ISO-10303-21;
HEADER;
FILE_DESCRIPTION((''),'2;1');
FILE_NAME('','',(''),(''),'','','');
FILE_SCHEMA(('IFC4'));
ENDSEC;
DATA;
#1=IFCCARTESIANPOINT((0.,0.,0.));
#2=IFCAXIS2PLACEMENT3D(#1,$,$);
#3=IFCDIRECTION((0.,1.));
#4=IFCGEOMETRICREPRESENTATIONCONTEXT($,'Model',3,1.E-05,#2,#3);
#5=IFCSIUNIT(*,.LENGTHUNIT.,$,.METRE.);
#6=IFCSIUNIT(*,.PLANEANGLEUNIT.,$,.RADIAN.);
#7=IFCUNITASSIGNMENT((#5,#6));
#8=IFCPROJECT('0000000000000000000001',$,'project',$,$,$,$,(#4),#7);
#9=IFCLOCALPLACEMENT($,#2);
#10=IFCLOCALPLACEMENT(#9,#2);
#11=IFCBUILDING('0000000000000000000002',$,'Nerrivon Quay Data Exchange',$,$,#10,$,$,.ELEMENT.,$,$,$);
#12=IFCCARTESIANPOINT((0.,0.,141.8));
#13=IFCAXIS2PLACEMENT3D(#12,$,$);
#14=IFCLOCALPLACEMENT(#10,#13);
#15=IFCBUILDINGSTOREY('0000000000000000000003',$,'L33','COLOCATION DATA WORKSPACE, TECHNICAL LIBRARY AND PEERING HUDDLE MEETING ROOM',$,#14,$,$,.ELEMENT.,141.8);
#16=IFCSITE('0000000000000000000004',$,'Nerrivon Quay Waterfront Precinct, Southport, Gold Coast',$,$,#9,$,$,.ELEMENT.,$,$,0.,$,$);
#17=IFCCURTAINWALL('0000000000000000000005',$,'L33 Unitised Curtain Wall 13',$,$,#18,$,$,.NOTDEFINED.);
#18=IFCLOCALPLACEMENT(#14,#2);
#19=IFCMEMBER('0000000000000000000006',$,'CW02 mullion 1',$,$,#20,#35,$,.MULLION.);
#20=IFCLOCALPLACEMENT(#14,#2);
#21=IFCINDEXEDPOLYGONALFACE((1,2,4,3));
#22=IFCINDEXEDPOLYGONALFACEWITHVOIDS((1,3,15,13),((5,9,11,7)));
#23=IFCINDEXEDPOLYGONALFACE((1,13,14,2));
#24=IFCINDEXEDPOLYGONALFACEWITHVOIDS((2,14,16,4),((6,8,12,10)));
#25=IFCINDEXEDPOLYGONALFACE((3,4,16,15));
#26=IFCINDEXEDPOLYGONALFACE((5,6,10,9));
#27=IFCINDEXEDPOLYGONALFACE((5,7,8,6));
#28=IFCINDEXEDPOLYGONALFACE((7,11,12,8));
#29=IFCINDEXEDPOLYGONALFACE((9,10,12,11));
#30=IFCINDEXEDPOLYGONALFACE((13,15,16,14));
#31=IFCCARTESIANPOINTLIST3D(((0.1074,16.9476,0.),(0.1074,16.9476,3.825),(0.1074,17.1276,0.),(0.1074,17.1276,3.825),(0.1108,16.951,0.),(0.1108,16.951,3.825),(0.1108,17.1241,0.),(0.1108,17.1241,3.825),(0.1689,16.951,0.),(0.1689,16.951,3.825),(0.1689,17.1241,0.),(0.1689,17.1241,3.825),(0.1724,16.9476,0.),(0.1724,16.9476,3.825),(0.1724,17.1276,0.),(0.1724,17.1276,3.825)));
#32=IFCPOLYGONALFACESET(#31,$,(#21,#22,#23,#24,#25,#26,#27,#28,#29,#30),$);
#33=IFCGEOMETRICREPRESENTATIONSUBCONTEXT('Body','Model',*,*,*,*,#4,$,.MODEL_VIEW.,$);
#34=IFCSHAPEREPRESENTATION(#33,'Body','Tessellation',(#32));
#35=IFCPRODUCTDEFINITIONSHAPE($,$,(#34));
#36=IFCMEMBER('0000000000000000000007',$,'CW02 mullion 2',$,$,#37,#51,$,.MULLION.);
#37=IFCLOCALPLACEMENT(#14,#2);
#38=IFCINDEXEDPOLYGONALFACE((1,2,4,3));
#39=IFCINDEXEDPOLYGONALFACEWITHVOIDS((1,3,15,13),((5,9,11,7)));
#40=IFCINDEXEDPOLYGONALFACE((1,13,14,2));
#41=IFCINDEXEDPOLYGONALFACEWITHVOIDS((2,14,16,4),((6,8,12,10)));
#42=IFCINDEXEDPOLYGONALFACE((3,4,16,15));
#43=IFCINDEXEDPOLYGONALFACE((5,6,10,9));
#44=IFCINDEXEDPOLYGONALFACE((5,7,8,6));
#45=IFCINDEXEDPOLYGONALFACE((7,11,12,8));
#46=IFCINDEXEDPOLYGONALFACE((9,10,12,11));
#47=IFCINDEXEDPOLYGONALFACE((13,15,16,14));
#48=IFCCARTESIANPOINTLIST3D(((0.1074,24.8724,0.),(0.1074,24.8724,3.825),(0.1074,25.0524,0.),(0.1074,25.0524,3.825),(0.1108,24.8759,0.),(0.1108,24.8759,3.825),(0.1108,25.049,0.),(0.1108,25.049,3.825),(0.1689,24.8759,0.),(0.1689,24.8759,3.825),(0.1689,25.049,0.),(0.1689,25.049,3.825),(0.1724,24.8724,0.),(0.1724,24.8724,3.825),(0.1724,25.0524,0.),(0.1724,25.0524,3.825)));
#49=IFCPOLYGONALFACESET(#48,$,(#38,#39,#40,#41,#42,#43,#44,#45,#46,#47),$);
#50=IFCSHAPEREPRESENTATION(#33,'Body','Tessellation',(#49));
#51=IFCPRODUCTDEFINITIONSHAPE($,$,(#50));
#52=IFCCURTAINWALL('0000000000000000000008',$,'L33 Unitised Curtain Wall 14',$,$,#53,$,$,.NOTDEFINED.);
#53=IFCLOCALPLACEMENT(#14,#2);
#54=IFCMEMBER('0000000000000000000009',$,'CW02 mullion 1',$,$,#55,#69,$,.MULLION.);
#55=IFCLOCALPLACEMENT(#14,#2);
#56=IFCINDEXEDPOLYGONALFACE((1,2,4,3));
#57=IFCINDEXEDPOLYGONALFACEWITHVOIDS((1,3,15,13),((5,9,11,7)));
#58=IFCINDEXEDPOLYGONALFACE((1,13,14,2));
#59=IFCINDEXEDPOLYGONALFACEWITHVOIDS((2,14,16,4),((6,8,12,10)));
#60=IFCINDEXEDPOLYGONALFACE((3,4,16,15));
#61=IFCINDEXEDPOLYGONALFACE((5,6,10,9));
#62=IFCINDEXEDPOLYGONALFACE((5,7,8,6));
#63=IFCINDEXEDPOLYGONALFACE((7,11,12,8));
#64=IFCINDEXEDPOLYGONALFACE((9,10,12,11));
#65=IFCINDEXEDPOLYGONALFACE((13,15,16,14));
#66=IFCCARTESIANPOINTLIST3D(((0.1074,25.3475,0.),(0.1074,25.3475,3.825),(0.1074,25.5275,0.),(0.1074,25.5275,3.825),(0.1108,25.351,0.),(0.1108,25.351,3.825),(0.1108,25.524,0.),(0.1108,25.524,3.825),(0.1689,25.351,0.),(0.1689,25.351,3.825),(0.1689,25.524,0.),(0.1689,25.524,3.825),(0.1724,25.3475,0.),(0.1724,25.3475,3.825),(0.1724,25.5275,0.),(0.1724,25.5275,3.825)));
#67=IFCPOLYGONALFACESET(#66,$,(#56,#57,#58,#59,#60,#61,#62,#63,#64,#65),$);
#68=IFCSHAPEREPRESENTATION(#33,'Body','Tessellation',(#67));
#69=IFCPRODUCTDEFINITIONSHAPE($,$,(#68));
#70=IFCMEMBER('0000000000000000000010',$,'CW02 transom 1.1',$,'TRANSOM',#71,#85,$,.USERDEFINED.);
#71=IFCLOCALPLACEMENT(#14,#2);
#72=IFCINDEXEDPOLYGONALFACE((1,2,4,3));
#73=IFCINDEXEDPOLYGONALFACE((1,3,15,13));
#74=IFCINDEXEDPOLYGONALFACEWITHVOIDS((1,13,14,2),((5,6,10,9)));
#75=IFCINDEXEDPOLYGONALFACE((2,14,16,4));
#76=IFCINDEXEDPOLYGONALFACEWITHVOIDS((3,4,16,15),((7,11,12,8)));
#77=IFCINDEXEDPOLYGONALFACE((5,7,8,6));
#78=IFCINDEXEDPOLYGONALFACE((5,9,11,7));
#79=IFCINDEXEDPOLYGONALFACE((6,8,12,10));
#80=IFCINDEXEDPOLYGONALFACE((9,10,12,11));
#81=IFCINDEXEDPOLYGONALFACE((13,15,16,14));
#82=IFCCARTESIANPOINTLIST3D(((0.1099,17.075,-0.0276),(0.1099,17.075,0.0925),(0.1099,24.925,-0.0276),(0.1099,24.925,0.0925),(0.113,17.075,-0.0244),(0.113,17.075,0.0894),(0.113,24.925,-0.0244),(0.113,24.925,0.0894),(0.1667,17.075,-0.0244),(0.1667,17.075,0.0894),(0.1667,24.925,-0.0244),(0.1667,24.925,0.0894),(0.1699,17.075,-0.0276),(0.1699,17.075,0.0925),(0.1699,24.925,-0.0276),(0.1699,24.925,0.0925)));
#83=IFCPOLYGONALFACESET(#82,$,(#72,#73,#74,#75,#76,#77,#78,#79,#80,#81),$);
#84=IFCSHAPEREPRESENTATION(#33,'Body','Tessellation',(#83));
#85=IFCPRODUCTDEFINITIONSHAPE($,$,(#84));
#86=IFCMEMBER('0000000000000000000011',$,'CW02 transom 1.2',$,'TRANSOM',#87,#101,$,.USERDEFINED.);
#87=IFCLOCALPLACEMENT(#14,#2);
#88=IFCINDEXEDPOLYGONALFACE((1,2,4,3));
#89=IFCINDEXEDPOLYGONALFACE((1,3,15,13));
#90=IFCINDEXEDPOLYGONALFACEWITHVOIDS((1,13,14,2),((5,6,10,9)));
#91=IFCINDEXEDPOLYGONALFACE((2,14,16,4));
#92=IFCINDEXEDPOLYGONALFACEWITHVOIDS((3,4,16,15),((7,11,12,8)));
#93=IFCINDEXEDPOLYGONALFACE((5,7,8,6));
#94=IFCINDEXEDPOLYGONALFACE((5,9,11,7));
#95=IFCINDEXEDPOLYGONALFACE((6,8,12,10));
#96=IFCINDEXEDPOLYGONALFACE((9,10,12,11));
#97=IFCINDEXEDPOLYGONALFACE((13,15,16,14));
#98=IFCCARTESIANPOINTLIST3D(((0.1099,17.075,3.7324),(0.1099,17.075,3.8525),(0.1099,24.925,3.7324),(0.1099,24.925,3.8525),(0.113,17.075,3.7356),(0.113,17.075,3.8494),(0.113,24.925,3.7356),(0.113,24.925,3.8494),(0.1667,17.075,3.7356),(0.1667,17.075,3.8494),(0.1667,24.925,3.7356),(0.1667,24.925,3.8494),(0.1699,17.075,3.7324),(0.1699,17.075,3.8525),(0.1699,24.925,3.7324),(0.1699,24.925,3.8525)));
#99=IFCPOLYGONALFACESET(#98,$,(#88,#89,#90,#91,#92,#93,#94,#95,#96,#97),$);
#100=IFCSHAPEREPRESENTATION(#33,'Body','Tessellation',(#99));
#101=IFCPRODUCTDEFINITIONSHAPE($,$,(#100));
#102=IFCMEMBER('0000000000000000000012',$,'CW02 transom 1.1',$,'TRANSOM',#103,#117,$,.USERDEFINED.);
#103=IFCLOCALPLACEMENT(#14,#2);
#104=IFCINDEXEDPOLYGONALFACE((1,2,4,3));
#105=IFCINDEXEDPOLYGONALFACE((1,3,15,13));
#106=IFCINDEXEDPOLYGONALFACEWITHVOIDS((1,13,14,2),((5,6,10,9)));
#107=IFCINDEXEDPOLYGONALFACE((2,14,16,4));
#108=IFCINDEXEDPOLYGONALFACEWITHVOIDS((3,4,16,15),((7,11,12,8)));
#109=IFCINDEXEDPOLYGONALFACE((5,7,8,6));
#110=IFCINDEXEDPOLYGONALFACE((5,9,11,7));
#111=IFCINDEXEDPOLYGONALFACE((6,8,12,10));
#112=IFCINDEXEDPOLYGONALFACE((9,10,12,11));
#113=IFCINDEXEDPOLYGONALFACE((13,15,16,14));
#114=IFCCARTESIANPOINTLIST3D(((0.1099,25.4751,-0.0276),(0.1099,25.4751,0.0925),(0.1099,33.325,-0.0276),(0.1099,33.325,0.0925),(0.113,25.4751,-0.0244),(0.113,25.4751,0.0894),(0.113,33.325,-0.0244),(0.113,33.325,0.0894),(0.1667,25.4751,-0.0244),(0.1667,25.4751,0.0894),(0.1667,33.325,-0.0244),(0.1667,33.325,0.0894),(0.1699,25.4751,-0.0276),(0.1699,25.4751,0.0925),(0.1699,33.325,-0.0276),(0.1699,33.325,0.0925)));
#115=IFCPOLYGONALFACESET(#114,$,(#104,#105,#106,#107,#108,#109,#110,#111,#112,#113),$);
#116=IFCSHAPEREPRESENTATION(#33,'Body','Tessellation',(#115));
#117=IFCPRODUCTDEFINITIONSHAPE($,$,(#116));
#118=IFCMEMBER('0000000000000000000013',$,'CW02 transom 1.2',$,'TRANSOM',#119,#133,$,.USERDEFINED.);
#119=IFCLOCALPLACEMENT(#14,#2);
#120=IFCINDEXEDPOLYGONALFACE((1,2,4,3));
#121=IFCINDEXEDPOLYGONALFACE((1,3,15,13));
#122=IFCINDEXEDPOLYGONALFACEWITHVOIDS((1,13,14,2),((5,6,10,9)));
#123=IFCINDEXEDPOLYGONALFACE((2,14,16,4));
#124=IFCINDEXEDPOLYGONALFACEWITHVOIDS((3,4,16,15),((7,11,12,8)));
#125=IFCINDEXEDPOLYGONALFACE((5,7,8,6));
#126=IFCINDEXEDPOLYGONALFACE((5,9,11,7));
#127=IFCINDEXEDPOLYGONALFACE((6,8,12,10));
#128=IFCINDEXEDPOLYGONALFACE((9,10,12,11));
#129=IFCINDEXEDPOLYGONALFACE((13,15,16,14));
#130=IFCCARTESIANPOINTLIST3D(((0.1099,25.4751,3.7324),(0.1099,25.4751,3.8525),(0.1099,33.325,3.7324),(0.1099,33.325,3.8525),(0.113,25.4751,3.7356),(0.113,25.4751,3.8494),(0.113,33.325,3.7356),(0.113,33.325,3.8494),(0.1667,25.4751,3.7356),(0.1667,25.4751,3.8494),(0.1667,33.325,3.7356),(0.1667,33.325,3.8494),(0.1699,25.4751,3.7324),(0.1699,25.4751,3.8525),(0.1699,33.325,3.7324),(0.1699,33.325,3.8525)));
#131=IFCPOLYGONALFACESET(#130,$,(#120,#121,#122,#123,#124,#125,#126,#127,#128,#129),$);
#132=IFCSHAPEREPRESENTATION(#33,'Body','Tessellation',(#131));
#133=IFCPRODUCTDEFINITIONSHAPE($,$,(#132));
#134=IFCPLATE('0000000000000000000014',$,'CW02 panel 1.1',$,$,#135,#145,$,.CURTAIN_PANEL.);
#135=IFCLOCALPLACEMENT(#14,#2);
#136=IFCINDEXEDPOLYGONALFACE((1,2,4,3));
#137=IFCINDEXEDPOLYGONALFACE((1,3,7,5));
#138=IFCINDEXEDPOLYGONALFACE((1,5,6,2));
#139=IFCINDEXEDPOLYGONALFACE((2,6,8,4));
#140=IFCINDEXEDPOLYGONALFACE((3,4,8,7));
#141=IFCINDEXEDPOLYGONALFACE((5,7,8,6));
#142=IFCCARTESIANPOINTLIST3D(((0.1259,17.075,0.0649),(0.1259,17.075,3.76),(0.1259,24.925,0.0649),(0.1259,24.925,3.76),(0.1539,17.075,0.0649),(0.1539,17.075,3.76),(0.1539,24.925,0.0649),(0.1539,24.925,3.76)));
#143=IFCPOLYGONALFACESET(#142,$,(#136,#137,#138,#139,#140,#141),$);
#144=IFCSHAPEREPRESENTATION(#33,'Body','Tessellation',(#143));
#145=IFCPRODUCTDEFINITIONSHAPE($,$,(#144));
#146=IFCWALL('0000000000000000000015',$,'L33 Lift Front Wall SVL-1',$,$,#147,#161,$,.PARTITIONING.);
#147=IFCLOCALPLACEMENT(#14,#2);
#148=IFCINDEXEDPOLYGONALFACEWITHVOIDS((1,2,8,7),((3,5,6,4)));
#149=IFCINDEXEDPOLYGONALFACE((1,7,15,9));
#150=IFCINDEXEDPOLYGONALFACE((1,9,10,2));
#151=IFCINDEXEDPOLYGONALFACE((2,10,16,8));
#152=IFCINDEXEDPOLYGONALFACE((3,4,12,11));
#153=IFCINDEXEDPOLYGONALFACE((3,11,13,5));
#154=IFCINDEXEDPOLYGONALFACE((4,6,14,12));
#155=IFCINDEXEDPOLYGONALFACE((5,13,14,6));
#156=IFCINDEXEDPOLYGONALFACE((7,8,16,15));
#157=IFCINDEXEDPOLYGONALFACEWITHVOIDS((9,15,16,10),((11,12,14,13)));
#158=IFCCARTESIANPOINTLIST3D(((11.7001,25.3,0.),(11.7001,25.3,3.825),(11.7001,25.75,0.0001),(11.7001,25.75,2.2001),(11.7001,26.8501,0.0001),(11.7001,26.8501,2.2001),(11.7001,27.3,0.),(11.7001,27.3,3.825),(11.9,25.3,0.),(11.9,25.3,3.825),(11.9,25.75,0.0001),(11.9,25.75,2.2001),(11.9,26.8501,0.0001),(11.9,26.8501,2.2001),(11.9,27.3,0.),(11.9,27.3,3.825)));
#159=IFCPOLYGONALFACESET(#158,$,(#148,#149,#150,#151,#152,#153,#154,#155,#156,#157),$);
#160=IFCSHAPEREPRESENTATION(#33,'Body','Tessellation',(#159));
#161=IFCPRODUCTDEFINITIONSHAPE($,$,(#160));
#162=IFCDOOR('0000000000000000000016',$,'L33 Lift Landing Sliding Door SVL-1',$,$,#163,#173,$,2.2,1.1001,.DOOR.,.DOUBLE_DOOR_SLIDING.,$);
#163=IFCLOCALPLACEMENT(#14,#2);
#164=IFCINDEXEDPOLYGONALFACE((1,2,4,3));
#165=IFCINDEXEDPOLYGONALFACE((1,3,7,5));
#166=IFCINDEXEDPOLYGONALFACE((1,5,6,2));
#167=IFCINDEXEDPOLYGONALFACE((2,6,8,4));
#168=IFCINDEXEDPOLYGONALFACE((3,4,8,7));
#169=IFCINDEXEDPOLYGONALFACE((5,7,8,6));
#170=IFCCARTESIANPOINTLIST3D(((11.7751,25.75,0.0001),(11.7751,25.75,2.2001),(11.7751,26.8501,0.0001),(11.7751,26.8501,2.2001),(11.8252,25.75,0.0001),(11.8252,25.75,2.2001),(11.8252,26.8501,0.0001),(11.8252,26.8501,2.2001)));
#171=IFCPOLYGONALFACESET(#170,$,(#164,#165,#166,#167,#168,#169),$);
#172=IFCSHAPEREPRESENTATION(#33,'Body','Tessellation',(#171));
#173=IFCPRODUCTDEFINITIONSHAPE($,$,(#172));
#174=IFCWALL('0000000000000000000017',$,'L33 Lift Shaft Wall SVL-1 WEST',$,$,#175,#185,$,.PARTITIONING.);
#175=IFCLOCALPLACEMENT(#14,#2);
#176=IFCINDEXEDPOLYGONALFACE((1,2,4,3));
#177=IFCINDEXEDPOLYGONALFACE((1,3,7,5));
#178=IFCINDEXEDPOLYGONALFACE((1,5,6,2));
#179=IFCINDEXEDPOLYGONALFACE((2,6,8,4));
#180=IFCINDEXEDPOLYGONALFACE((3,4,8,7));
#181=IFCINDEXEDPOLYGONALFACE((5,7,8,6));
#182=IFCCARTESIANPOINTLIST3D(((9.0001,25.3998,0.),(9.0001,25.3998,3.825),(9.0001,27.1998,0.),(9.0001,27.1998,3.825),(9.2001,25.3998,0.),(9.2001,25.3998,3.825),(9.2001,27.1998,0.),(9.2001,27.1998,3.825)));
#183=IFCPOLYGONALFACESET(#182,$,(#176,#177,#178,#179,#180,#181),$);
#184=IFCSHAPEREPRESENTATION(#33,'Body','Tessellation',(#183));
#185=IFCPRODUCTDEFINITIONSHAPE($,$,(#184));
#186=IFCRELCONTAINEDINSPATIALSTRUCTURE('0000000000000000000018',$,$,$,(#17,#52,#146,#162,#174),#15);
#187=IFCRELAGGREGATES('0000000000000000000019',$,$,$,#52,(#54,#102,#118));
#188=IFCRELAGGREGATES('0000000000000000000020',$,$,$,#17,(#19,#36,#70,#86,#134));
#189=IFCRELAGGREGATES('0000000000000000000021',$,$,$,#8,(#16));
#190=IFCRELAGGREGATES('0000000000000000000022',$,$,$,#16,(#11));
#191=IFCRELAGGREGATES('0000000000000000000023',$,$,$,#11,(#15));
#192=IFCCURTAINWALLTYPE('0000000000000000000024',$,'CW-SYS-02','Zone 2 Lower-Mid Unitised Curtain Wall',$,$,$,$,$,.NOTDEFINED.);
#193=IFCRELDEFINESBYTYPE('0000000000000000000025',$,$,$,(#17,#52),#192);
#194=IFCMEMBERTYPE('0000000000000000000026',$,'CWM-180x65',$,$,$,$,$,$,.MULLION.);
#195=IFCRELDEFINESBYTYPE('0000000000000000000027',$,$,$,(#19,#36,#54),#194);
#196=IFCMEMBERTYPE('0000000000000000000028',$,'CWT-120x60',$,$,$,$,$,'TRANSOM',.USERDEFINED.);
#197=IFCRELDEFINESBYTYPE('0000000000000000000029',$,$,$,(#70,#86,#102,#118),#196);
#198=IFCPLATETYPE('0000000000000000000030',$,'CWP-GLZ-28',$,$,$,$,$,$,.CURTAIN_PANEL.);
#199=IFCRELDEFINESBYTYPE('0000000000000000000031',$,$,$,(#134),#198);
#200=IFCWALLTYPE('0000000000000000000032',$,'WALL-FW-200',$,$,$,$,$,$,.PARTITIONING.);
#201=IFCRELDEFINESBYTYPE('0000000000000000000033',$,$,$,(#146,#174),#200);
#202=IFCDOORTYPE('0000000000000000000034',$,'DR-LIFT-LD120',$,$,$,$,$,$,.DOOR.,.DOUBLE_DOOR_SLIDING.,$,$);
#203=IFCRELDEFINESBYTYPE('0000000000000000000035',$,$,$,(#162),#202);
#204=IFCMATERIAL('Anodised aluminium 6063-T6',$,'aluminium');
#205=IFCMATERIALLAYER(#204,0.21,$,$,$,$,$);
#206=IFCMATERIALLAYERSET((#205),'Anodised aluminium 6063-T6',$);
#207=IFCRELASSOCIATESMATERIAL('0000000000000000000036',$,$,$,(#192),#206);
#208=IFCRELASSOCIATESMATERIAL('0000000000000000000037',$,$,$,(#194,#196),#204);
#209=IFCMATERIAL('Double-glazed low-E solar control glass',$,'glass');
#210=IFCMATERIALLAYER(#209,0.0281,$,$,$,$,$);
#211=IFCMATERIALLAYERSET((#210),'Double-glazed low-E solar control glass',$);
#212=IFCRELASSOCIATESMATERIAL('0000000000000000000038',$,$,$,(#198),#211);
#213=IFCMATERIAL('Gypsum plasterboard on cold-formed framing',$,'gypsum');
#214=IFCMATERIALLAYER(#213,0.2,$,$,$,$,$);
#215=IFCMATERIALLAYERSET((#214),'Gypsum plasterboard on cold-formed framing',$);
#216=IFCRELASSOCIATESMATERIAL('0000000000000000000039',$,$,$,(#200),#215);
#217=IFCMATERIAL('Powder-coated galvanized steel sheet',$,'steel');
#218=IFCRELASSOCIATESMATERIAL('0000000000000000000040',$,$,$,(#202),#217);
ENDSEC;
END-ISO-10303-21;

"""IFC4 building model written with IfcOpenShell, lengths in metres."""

from ifc_helpers import new_model, si_unit, direction, frame, frame_2d, origin, origin_2d, place, context, subcontext, project, spatial, rectangle, hollow_rectangle, extrude, material, layer, layer_set, material_profile, profile_set, type_object, element, fill, aggregate, save


model = new_model("IFC4")

# Units and contexts
model_context = context("Model", 3, precision=1e-05, world=origin(), true_north=direction((0.0, 1.0)))
body_context = subcontext(model_context, "Body", "Model", "MODEL_VIEW")
ifc_project = project(units=[si_unit("LENGTHUNIT", "METRE"), si_unit("PLANEANGLEUNIT", "RADIAN")], contexts=[model_context])

# Site, building, storey
site_placement = place(None, origin())
site = spatial("IfcSite", under=ifc_project, at=site_placement, Name="Nerrivon Quay Waterfront Precinct, Southport, Gold Coast", CompositionType="ELEMENT", RefElevation=0.0)
building_placement = place(site_placement, origin())
building = spatial("IfcBuilding", under=site, at=building_placement, Name="Nerrivon Quay Data Exchange", CompositionType="ELEMENT")
storey_placement = place(building_placement, frame((0.0, 0.0, 141.8)))
storey = spatial("IfcBuildingStorey", under=building, at=storey_placement, Name="L33", Description="COLOCATION DATA WORKSPACE, TECHNICAL LIBRARY AND PEERING HUDDLE MEETING ROOM", CompositionType="ELEMENT", Elevation=141.8)

# Curtain wall, members
ifc_material_1 = material(Name="Anodised aluminium 6063-T6", Category="aluminium")
ifc_layer_1 = layer(ifc_material_1, 0.21)
ifc_layer_set_1 = layer_set([ifc_layer_1], Name="Anodised aluminium 6063-T6")
curtain_wall_type = type_object("IfcCurtainWallType", Name="CW-SYS-02", Description="Zone 2 Lower-Mid Unitised Curtain Wall", PredefinedType="NOTDEFINED", material=ifc_layer_set_1)
curtain_wall_1_placement = place(storey_placement, origin())
curtain_wall_1 = element("IfcCurtainWall", 1, at=curtain_wall_1_placement, inside=storey, type_object=curtain_wall_type, Name="L33 Unitised Curtain Wall 13", PredefinedType="NOTDEFINED")
ifc_material_profile_1 = material_profile(ifc_material_1, hollow_rectangle(XDim=0.0649, YDim=0.1799, WallThickness=0.0034, at=origin_2d()), Name="ALU-MULL-180x65")
ifc_profile_set_1 = profile_set([ifc_material_profile_1], Name="Anodised aluminium 6063-T6")
member_type_1 = type_object("IfcMemberType", Name="CWM-180x65", PredefinedType="MULLION", material=ifc_profile_set_1)
member_1_placement = place(storey_placement, frame((0.1399, 17.0376, 0.0), z_axis=(0.0, 0.0, 1.0), x_axis=(-1.0, 0.0, 0.0)))
member_1 = element("IfcMember", 2, at=member_1_placement, type_object=member_type_1, Name="CW02 mullion 1", PredefinedType="MULLION", context=body_context, shape_type="SweptSolid", body=[
    extrude(hollow_rectangle(XDim=0.0649, YDim=0.1799, WallThickness=0.0034, at=origin_2d()), origin(), (0.0, 0.0, 1.0), 3.825),
])
member_2_placement = place(storey_placement, frame((0.1399, 24.9624, 0.0), z_axis=(0.0, 0.0, 1.0), x_axis=(-1.0, 0.0, 0.0)))
member_2 = element("IfcMember", 3, at=member_2_placement, type_object=member_type_1, Name="CW02 mullion 2", PredefinedType="MULLION", context=body_context, shape_type="SweptSolid", body=[
    extrude(hollow_rectangle(XDim=0.0649, YDim=0.1799, WallThickness=0.0034, at=origin_2d()), origin(), (0.0, 0.0, 1.0), 3.825),
])

# Curtain wall, member
curtain_wall_2_placement = place(storey_placement, origin())
curtain_wall_2 = element("IfcCurtainWall", 4, at=curtain_wall_2_placement, inside=storey, type_object=curtain_wall_type, Name="L33 Unitised Curtain Wall 14", PredefinedType="NOTDEFINED")
member_3_placement = place(storey_placement, frame((0.1399, 25.4375, 0.0), z_axis=(0.0, 0.0, 1.0), x_axis=(-1.0, 0.0, 0.0)))
member_3 = element("IfcMember", 5, at=member_3_placement, type_object=member_type_1, Name="CW02 mullion 1", PredefinedType="MULLION", context=body_context, shape_type="SweptSolid", body=[
    extrude(hollow_rectangle(XDim=0.0649, YDim=0.1799, WallThickness=0.0034, at=origin_2d()), origin(), (0.0, 0.0, 1.0), 3.825),
])

# Members
ifc_material_profile_2 = material_profile(ifc_material_1, hollow_rectangle(XDim=0.0601, YDim=0.1201, WallThickness=0.0032, at=origin_2d()), Name="ALU-TRAN-120x60")
ifc_profile_set_2 = profile_set([ifc_material_profile_2], Name="Anodised aluminium 6063-T6")
member_type_2 = type_object("IfcMemberType", Name="CWT-120x60", ElementType="TRANSOM", PredefinedType="USERDEFINED", material=ifc_profile_set_2)
member_4_placement = place(storey_placement, frame((0.1399, 17.075, 0.0325), z_axis=(0.0, 1.0, 0.0), x_axis=(-1.0, 0.0, 0.0)))
member_4 = element("IfcMember", 6, at=member_4_placement, type_object=member_type_2, Name="CW02 transom 1.1", ObjectType="TRANSOM", PredefinedType="USERDEFINED", context=body_context, shape_type="SweptSolid", body=[
    extrude(hollow_rectangle(XDim=0.0601, YDim=0.1201, WallThickness=0.0032, at=origin_2d()), origin(), (0.0, 0.0, 1.0), 7.8501),
])
member_5_placement = place(storey_placement, frame((0.1399, 17.075, 3.7925), z_axis=(0.0, 1.0, 0.0), x_axis=(-1.0, 0.0, 0.0)))
member_5 = element("IfcMember", 7, at=member_5_placement, type_object=member_type_2, Name="CW02 transom 1.2", ObjectType="TRANSOM", PredefinedType="USERDEFINED", context=body_context, shape_type="SweptSolid", body=[
    extrude(hollow_rectangle(XDim=0.0601, YDim=0.1201, WallThickness=0.0032, at=origin_2d()), origin(), (0.0, 0.0, 1.0), 7.8501),
])
member_6_placement = place(storey_placement, frame((0.1399, 25.4751, 0.0325), z_axis=(0.0, 1.0, 0.0), x_axis=(-1.0, 0.0, 0.0)))
member_6 = element("IfcMember", 8, at=member_6_placement, type_object=member_type_2, Name="CW02 transom 1.1", ObjectType="TRANSOM", PredefinedType="USERDEFINED", context=body_context, shape_type="SweptSolid", body=[
    extrude(hollow_rectangle(XDim=0.0601, YDim=0.1201, WallThickness=0.0032, at=origin_2d()), origin(), (0.0, 0.0, 1.0), 7.8499),
])
member_7_placement = place(storey_placement, frame((0.1399, 25.4751, 3.7925), z_axis=(0.0, 1.0, 0.0), x_axis=(-1.0, 0.0, 0.0)))
member_7 = element("IfcMember", 9, at=member_7_placement, type_object=member_type_2, Name="CW02 transom 1.2", ObjectType="TRANSOM", PredefinedType="USERDEFINED", context=body_context, shape_type="SweptSolid", body=[
    extrude(hollow_rectangle(XDim=0.0601, YDim=0.1201, WallThickness=0.0032, at=origin_2d()), origin(), (0.0, 0.0, 1.0), 7.8499),
])
aggregate(curtain_wall_2, [member_3, member_6, member_7])

# Plate
ifc_material_2 = material(Name="Double-glazed low-E solar control glass", Category="glass")
ifc_layer_2 = layer(ifc_material_2, 0.0281)
ifc_layer_set_2 = layer_set([ifc_layer_2], Name="Double-glazed low-E solar control glass")
plate_type = type_object("IfcPlateType", Name="CWP-GLZ-28", PredefinedType="CURTAIN_PANEL", material=ifc_layer_set_2)
plate_placement = place(storey_placement, frame((0.1399, 21.0, 0.0649), z_axis=(0.0, 0.0, 1.0), x_axis=(0.0, 1.0, 0.0)))
plate = element("IfcPlate", 10, at=plate_placement, type_object=plate_type, Name="CW02 panel 1.1", PredefinedType="CURTAIN_PANEL", context=body_context, shape_type="SweptSolid", body=[
    extrude(rectangle(XDim=7.8501, YDim=0.0281, at=origin_2d()), origin(), (0.0, 0.0, 1.0), 3.6951),
])
aggregate(curtain_wall_1, [member_1, member_2, member_4, member_5, plate])

# Wall, opening, door
ifc_material_3 = material(Name="Powder-coated galvanized steel sheet", Category="steel")
ifc_material_4 = material(Name="Gypsum plasterboard on cold-formed framing", Category="gypsum")
ifc_layer_3 = layer(ifc_material_4, 0.2)
ifc_layer_set_3 = layer_set([ifc_layer_3], Name="Gypsum plasterboard on cold-formed framing")
wall_type_1 = type_object("IfcWallType", Name="WALL-FW-200", PredefinedType="PARTITIONING", material=ifc_layer_set_3)
wall_1_placement = place(storey_placement, frame((11.8, 25.3, 0.0), z_axis=(0.0, 0.0, 1.0), x_axis=(0.0, 1.0, 0.0)))
wall_1 = element("IfcWall", 11, at=wall_1_placement, inside=storey, type_object=wall_type_1, Name="L33 Lift Front Wall SVL-1", PredefinedType="PARTITIONING", context=body_context, shape_type="SweptSolid", body=[
    extrude(rectangle(XDim=2.0, YDim=0.2, at=frame_2d((1.0, 0.0))), origin(), (0.0, 0.0, 1.0), 3.825),
])
opening_1_placement = place(wall_1_placement, frame((0.45, 0.0, 0.0)))
opening_1 = element("IfcOpeningElement", 12, at=opening_1_placement, cuts=wall_1, PredefinedType="OPENING", context=body_context, shape_type="SweptSolid", body=[
    extrude(rectangle(XDim=1.1001, YDim=2.2, at=frame_2d((0.55, 1.1001))), frame((0.0, 0.1099, 0.0), z_axis=(0.0, -1.0, 0.0), x_axis=(1.0, 0.0, 0.0)), (0.0, 0.0, 1.0), 0.22),
])
door_type_1 = type_object("IfcDoorType", Name="DR-LIFT-LD120", OperationType="DOUBLE_DOOR_SLIDING", PredefinedType="DOOR", material=ifc_material_3)
door_1_placement = place(opening_1_placement, origin())
door_1 = element("IfcDoor", 13, at=door_1_placement, inside=storey, type_object=door_type_1, Name="L33 Lift Landing Sliding Door SVL-1", OperationType="DOUBLE_DOOR_SLIDING", OverallHeight=2.2, OverallWidth=1.1001, PredefinedType="DOOR", context=body_context, shape_type="SweptSolid", body=[
    extrude(rectangle(XDim=1.1001, YDim=2.2, at=frame_2d((0.55, 1.1001))), frame((0.0, 0.0249, 0.0), z_axis=(0.0, -1.0, 0.0), x_axis=(1.0, 0.0, 0.0)), (0.0, 0.0, 1.0), 0.05),
])
fill(opening_1, door_1)

# Wall
wall_2_placement = place(storey_placement, frame((9.1001, 25.3999, 0.0), z_axis=(0.0, 0.0, 1.0), x_axis=(0.0, 1.0, 0.0)))
element("IfcWall", 14, at=wall_2_placement, inside=storey, type_object=wall_type_1, Name="L33 Lift Shaft Wall SVL-1 WEST", PredefinedType="PARTITIONING", context=body_context, shape_type="SweptSolid", body=[
    extrude(rectangle(XDim=1.8, YDim=0.2, at=frame_2d((0.8999, 0.0))), origin(), (0.0, 0.0, 1.0), 3.825),
])

save(model, "model.ifc")
